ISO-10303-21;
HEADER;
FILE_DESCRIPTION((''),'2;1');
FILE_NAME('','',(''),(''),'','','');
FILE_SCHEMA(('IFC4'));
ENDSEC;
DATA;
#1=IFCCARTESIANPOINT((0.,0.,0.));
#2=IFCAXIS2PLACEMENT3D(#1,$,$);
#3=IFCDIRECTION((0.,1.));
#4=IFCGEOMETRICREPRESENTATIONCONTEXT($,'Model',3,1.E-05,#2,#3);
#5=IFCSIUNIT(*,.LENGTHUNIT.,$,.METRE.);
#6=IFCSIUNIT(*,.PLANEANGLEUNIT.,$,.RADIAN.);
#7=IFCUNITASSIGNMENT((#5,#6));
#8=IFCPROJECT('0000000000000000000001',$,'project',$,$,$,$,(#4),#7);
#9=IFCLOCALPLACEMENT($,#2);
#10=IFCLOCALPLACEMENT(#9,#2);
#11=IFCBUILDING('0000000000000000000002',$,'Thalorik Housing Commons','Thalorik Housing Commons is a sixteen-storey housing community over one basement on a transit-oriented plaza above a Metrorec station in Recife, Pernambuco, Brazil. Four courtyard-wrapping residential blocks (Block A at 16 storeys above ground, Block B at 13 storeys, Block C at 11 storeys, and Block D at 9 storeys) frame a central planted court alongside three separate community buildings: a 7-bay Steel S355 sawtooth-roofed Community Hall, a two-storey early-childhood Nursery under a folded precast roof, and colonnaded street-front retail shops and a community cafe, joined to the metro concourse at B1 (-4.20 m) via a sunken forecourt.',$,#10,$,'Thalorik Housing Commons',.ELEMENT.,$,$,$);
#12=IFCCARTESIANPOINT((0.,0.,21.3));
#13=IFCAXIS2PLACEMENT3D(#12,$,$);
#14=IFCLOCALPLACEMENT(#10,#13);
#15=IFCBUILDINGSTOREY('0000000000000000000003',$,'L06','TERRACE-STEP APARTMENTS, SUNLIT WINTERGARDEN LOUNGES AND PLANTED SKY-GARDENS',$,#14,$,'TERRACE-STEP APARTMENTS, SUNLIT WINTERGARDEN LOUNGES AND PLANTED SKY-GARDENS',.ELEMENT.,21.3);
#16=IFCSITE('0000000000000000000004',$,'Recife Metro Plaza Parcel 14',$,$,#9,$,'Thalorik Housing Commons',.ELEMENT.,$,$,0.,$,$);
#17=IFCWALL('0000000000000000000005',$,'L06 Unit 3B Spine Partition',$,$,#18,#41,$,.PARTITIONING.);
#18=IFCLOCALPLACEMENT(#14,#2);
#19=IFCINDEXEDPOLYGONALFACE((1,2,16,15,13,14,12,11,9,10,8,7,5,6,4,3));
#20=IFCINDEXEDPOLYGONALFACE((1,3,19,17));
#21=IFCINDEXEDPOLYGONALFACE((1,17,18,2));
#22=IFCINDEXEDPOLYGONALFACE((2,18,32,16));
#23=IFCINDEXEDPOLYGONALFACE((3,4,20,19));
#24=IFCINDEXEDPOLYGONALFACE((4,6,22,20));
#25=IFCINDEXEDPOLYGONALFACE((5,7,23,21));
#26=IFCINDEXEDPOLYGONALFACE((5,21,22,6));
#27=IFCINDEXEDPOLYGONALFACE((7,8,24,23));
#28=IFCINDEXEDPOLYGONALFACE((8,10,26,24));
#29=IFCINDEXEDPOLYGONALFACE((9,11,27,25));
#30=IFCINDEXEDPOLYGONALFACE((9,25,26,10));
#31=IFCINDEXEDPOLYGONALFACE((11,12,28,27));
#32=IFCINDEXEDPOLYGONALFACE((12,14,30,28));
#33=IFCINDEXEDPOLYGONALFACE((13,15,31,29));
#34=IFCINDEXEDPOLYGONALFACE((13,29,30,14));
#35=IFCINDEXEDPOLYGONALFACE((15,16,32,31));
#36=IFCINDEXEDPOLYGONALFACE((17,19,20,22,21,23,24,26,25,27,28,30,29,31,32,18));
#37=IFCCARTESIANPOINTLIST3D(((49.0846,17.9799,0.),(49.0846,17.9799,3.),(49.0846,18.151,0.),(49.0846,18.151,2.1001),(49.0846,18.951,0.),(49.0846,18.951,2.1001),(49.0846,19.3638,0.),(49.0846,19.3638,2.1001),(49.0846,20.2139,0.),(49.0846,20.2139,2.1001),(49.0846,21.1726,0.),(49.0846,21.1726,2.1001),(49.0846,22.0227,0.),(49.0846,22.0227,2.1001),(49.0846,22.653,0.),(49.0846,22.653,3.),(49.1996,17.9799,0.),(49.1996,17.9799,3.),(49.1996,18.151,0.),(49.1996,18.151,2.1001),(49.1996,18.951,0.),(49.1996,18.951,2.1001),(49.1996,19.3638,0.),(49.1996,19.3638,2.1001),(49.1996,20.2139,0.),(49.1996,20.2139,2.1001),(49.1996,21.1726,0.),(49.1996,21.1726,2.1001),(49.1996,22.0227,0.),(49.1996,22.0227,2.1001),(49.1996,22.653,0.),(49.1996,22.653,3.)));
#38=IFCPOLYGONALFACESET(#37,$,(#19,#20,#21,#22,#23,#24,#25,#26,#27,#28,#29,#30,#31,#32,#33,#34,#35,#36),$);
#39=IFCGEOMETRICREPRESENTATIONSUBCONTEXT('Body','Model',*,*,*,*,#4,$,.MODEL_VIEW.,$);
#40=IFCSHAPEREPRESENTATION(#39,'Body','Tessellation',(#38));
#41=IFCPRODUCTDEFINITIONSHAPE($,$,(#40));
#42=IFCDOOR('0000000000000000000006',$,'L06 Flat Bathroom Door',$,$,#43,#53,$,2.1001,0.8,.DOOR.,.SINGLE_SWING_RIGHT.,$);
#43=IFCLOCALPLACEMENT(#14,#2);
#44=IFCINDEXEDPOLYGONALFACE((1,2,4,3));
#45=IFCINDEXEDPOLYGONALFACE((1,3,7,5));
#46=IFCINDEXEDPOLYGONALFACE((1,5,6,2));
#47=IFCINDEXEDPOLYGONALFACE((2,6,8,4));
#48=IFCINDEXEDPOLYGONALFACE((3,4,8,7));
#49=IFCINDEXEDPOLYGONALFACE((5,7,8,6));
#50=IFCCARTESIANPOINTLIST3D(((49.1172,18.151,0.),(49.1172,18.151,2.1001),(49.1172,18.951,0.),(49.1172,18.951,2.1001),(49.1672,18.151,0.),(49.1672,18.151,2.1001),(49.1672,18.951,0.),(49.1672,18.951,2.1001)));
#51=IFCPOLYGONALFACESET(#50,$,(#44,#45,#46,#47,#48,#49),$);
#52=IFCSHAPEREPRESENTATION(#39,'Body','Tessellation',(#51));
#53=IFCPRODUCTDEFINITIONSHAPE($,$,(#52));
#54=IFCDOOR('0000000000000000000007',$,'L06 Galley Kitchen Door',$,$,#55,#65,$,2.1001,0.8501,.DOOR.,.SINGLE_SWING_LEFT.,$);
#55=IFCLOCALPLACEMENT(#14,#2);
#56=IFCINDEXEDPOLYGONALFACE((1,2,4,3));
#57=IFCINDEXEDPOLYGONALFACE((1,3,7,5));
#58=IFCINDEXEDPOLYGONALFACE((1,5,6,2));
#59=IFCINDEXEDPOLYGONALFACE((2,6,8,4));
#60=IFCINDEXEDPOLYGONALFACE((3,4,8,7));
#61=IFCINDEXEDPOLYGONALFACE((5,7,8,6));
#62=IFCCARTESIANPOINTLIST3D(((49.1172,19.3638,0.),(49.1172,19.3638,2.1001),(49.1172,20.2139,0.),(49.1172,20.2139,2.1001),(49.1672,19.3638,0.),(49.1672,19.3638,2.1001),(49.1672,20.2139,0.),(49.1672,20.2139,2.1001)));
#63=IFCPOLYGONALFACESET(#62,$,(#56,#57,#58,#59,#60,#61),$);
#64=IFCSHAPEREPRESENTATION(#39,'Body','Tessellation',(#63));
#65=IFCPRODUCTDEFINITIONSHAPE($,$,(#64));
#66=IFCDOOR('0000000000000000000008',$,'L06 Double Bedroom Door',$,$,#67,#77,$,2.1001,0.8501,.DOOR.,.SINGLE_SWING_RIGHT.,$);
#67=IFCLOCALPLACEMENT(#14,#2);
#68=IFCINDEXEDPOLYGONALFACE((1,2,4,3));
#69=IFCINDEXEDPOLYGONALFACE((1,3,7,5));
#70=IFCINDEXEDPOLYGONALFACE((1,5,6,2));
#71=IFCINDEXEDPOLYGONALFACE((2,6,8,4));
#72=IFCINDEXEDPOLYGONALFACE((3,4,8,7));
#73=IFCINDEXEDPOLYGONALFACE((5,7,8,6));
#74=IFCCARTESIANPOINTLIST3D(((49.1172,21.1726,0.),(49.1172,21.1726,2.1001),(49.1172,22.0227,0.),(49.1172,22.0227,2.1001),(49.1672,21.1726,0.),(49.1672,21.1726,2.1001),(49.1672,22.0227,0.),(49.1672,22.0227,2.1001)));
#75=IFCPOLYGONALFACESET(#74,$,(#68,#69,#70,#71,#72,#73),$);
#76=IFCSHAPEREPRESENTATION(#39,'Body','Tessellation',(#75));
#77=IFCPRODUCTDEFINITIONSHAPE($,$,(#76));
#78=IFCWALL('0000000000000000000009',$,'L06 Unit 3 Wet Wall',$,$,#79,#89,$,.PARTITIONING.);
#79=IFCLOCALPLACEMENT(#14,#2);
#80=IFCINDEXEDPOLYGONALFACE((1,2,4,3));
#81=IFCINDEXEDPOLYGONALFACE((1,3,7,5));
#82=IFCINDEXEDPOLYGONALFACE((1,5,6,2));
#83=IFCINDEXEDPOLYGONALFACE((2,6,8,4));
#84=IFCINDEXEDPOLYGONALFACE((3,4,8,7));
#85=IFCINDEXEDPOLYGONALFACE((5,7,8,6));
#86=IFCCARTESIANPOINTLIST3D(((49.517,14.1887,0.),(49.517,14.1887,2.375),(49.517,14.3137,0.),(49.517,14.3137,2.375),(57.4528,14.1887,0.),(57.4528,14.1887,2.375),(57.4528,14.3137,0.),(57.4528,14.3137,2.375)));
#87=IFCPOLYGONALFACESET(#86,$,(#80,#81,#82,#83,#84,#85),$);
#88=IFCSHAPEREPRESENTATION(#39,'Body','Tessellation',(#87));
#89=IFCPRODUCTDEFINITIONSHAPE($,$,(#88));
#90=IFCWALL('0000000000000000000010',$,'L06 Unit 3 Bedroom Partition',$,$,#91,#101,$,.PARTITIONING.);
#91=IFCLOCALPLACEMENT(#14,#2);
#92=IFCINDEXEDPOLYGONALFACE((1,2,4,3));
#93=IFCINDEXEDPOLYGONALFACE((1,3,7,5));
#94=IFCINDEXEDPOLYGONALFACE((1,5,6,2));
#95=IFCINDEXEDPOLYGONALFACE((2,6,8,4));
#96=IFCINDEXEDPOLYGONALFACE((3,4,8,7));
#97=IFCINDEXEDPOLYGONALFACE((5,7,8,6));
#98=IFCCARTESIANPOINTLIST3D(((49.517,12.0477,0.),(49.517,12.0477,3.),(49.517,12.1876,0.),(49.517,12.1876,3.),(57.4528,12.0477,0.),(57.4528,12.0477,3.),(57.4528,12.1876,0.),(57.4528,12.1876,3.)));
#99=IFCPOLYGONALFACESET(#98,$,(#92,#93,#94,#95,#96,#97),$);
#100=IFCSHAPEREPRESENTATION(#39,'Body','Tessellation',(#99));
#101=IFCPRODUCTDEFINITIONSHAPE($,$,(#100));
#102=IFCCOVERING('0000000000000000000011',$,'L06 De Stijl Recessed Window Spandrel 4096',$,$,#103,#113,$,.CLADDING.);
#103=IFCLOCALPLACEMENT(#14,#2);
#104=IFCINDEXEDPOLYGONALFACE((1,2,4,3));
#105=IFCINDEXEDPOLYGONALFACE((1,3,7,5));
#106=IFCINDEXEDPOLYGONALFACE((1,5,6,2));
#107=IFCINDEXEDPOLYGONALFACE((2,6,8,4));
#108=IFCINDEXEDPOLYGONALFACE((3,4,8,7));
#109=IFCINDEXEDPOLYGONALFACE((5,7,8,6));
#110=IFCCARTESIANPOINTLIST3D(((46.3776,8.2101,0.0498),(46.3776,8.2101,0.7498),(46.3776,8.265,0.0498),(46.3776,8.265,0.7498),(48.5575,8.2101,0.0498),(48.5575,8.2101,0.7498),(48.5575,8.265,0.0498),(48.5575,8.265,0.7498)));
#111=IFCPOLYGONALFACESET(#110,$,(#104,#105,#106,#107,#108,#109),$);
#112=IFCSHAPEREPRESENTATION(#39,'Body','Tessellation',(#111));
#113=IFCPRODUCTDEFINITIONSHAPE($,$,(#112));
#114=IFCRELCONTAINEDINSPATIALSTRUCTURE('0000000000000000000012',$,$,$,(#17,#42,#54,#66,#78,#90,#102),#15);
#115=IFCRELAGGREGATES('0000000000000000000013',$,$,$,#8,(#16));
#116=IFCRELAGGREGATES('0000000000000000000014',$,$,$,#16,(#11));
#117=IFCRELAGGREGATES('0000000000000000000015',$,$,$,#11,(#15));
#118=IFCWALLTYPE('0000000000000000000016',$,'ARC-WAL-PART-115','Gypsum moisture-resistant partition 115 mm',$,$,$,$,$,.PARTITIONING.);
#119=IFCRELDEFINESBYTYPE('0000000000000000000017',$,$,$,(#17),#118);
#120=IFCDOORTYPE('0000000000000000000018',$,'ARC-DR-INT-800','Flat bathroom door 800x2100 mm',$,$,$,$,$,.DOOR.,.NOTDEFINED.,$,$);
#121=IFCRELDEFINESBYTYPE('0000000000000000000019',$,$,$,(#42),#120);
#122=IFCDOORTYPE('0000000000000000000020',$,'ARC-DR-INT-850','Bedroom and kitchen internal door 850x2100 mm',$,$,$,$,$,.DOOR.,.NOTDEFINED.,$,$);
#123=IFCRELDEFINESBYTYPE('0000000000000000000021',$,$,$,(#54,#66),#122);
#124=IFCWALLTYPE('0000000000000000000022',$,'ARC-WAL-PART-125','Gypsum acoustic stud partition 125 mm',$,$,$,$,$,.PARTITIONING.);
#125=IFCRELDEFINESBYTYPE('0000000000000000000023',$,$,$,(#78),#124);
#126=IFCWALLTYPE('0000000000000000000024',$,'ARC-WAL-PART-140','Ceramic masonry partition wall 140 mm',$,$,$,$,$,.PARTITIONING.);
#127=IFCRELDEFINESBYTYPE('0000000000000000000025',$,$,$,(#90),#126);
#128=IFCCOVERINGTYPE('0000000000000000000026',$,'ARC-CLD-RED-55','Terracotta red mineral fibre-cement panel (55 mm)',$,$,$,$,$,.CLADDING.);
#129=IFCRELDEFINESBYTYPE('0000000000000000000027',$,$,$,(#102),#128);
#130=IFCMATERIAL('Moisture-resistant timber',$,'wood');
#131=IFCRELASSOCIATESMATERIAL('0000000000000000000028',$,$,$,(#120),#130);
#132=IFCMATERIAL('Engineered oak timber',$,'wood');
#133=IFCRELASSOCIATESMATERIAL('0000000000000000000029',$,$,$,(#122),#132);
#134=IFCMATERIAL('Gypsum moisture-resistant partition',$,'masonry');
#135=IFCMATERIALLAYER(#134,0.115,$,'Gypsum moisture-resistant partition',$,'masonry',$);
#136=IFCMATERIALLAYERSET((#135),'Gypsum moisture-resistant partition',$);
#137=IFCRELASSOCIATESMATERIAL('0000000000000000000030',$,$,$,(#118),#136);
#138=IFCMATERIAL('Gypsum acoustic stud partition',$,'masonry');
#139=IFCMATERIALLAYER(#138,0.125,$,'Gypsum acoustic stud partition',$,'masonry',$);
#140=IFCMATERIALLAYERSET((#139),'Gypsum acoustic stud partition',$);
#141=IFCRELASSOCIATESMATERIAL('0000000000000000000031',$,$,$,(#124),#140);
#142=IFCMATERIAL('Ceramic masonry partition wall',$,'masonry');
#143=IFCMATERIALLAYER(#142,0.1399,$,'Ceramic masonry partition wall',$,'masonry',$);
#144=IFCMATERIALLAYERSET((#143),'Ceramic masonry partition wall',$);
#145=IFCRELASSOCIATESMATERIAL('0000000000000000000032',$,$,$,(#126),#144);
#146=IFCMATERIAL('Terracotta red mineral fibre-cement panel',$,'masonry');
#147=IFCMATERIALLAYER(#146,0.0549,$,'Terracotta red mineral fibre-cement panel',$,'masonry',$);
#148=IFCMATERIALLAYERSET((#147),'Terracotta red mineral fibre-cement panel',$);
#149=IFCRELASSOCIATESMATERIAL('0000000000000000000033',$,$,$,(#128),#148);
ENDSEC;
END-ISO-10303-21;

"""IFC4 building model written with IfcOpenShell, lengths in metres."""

from ifc_helpers import new_model, si_unit, direction, frame, frame_2d, origin, origin_2d, place, context, subcontext, project, spatial, rectangle, extrude, material, layer, layer_set, type_object, element, fill, save


model = new_model("IFC4")

# Units and contexts
model_context = context("Model", 3, precision=1e-05, world=origin(), true_north=direction((0.0, 1.0)))
body_context = subcontext(model_context, "Body", "Model", "MODEL_VIEW")
ifc_project = project(units=[si_unit("LENGTHUNIT", "METRE"), si_unit("PLANEANGLEUNIT", "RADIAN")], contexts=[model_context])

# Site, building, storey
site_placement = place(None, origin())
site = spatial("IfcSite", under=ifc_project, at=site_placement, Name="Recife Metro Plaza Parcel 14", LongName="Thalorik Housing Commons", CompositionType="ELEMENT", RefElevation=0.0)
building_placement = place(site_placement, origin())
building = spatial("IfcBuilding", under=site, at=building_placement, Name="Thalorik Housing Commons", Description="Thalorik Housing Commons is a sixteen-storey housing community over one basement on a transit-oriented plaza above a Metrorec station in Recife, Pernambuco, Brazil. Four courtyard-wrapping residential blocks (Block A at 16 storeys above ground, Block B at 13 storeys, Block C at 11 storeys, and Block D at 9 storeys) frame a central planted court alongside three separate community buildings: a 7-bay Steel S355 sawtooth-roofed Community Hall, a two-storey early-childhood Nursery under a folded precast roof, and colonnaded street-front retail shops and a community cafe, joined to the metro concourse at B1 (-4.20 m) via a sunken forecourt.", LongName="Thalorik Housing Commons", CompositionType="ELEMENT")
storey_placement = place(building_placement, frame((0.0, 0.0, 21.3)))
storey = spatial("IfcBuildingStorey", under=building, at=storey_placement, Name="L06", Description="TERRACE-STEP APARTMENTS, SUNLIT WINTERGARDEN LOUNGES AND PLANTED SKY-GARDENS", LongName="TERRACE-STEP APARTMENTS, SUNLIT WINTERGARDEN LOUNGES AND PLANTED SKY-GARDENS", CompositionType="ELEMENT", Elevation=21.3)

# Wall, openings, doors
ifc_material_1 = material(Name="Moisture-resistant timber", Category="wood")
door_type_1 = type_object("IfcDoorType", Name="ARC-DR-INT-800", Description="Flat bathroom door 800x2100 mm", OperationType="NOTDEFINED", PredefinedType="DOOR", material=ifc_material_1)
ifc_material_2 = material(Name="Engineered oak timber", Category="wood")
door_type_2 = type_object("IfcDoorType", Name="ARC-DR-INT-850", Description="Bedroom and kitchen internal door 850x2100 mm", OperationType="NOTDEFINED", PredefinedType="DOOR", material=ifc_material_2)
ifc_material_3 = material(Name="Gypsum moisture-resistant partition", Category="masonry")
ifc_layer_1 = layer(ifc_material_3, 0.115, Name="Gypsum moisture-resistant partition", Category="masonry")
ifc_layer_set_1 = layer_set([ifc_layer_1], Name="Gypsum moisture-resistant partition")
wall_type_1 = type_object("IfcWallType", Name="ARC-WAL-PART-115", Description="Gypsum moisture-resistant partition 115 mm", PredefinedType="PARTITIONING", material=ifc_layer_set_1)
wall_1_placement = place(storey_placement, frame((49.1421, 17.98, 0.0), z_axis=(0.0, 0.0, 1.0), x_axis=(0.0, 1.0, 0.0)))
wall_1 = element("IfcWall", 1, at=wall_1_placement, inside=storey, type_object=wall_type_1, Name="L06 Unit 3B Spine Partition", PredefinedType="PARTITIONING", context=body_context, shape_type="SweptSolid", body=[
    extrude(rectangle(XDim=4.6731, YDim=0.115, at=frame_2d((2.3364, 0.0))), origin(), (0.0, 0.0, 1.0), 3.0),
])
opening_1_placement = place(wall_1_placement, frame((0.1711, 0.0, 0.0)))
opening_1 = element("IfcOpeningElement", 2, at=opening_1_placement, cuts=wall_1, PredefinedType="OPENING", context=body_context, shape_type="SweptSolid", body=[
    extrude(rectangle(XDim=0.8, YDim=2.1001, at=frame_2d((0.3999, 1.05))), frame((0.0, 0.0674, 0.0), z_axis=(0.0, -1.0, 0.0), x_axis=(1.0, 0.0, 0.0)), (0.0, 0.0, 1.0), 0.135),
])
opening_2_placement = place(wall_1_placement, frame((1.3838, 0.0, 0.0)))
opening_2 = element("IfcOpeningElement", 3, at=opening_2_placement, cuts=wall_1, PredefinedType="OPENING", context=body_context, shape_type="SweptSolid", body=[
    extrude(rectangle(XDim=0.8501, YDim=2.1001, at=frame_2d((0.425, 1.05))), frame((0.0, 0.0674, 0.0), z_axis=(0.0, -1.0, 0.0), x_axis=(1.0, 0.0, 0.0)), (0.0, 0.0, 1.0), 0.135),
])
opening_3_placement = place(wall_1_placement, frame((3.1926, 0.0, 0.0)))
opening_3 = element("IfcOpeningElement", 4, at=opening_3_placement, cuts=wall_1, PredefinedType="OPENING", context=body_context, shape_type="SweptSolid", body=[
    extrude(rectangle(XDim=0.8501, YDim=2.1001, at=frame_2d((0.425, 1.05))), frame((0.0, 0.0674, 0.0), z_axis=(0.0, -1.0, 0.0), x_axis=(1.0, 0.0, 0.0)), (0.0, 0.0, 1.0), 0.135),
])
door_1_placement = place(opening_1_placement, origin())
door_1 = element("IfcDoor", 5, at=door_1_placement, inside=storey, type_object=door_type_1, Name="L06 Flat Bathroom Door", OperationType="SINGLE_SWING_RIGHT", OverallHeight=2.1001, OverallWidth=0.8, PredefinedType="DOOR", context=body_context, shape_type="SweptSolid", body=[
    extrude(rectangle(XDim=0.8, YDim=2.1001, at=frame_2d((0.3999, 1.05))), frame((0.0, 0.0249, 0.0), z_axis=(0.0, -1.0, 0.0), x_axis=(1.0, 0.0, 0.0)), (0.0, 0.0, 1.0), 0.05),
])
fill(opening_1, door_1)
door_2_placement = place(opening_2_placement, origin())
door_2 = element("IfcDoor", 6, at=door_2_placement, inside=storey, type_object=door_type_2, Name="L06 Galley Kitchen Door", OperationType="SINGLE_SWING_LEFT", OverallHeight=2.1001, OverallWidth=0.8501, PredefinedType="DOOR", context=body_context, shape_type="SweptSolid", body=[
    extrude(rectangle(XDim=0.8501, YDim=2.1001, at=frame_2d((0.425, 1.05))), frame((0.0, 0.0249, 0.0), z_axis=(0.0, -1.0, 0.0), x_axis=(1.0, 0.0, 0.0)), (0.0, 0.0, 1.0), 0.05),
])
fill(opening_2, door_2)
door_3_placement = place(opening_3_placement, origin())
door_3 = element("IfcDoor", 7, at=door_3_placement, inside=storey, type_object=door_type_2, Name="L06 Double Bedroom Door", OperationType="SINGLE_SWING_RIGHT", OverallHeight=2.1001, OverallWidth=0.8501, PredefinedType="DOOR", context=body_context, shape_type="SweptSolid", body=[
    extrude(rectangle(XDim=0.8501, YDim=2.1001, at=frame_2d((0.425, 1.05))), frame((0.0, 0.0249, 0.0), z_axis=(0.0, -1.0, 0.0), x_axis=(1.0, 0.0, 0.0)), (0.0, 0.0, 1.0), 0.05),
])
fill(opening_3, door_3)

# Walls
ifc_material_4 = material(Name="Gypsum acoustic stud partition", Category="masonry")
ifc_layer_2 = layer(ifc_material_4, 0.125, Name="Gypsum acoustic stud partition", Category="masonry")
ifc_layer_set_2 = layer_set([ifc_layer_2], Name="Gypsum acoustic stud partition")
wall_type_2 = type_object("IfcWallType", Name="ARC-WAL-PART-125", Description="Gypsum acoustic stud partition 125 mm", PredefinedType="PARTITIONING", material=ifc_layer_set_2)
wall_2_placement = place(storey_placement, frame((49.5171, 14.2512, 0.0), z_axis=(0.0, 0.0, 1.0), x_axis=(1.0, 0.0, 0.0)))
element("IfcWall", 8, at=wall_2_placement, inside=storey, type_object=wall_type_2, Name="L06 Unit 3 Wet Wall", PredefinedType="PARTITIONING", context=body_context, shape_type="SweptSolid", body=[
    extrude(rectangle(XDim=7.9358, YDim=0.125, at=frame_2d((3.9678, 0.0))), origin(), (0.0, 0.0, 1.0), 2.375),
])
ifc_material_5 = material(Name="Ceramic masonry partition wall", Category="masonry")
ifc_layer_3 = layer(ifc_material_5, 0.1399, Name="Ceramic masonry partition wall", Category="masonry")
ifc_layer_set_3 = layer_set([ifc_layer_3], Name="Ceramic masonry partition wall")
wall_type_3 = type_object("IfcWallType", Name="ARC-WAL-PART-140", Description="Ceramic masonry partition wall 140 mm", PredefinedType="PARTITIONING", material=ifc_layer_set_3)
wall_3_placement = place(storey_placement, frame((49.5171, 12.1177, 0.0), z_axis=(0.0, 0.0, 1.0), x_axis=(1.0, 0.0, 0.0)))
element("IfcWall", 9, at=wall_3_placement, inside=storey, type_object=wall_type_3, Name="L06 Unit 3 Bedroom Partition", PredefinedType="PARTITIONING", context=body_context, shape_type="SweptSolid", body=[
    extrude(rectangle(XDim=7.9358, YDim=0.1399, at=frame_2d((3.9678, 0.0))), origin(), (0.0, 0.0, 1.0), 3.0),
])

# Covering
ifc_material_6 = material(Name="Terracotta red mineral fibre-cement panel", Category="masonry")
ifc_layer_4 = layer(ifc_material_6, 0.0549, Name="Terracotta red mineral fibre-cement panel", Category="masonry")
ifc_layer_set_4 = layer_set([ifc_layer_4], Name="Terracotta red mineral fibre-cement panel")
covering_type = type_object("IfcCoveringType", Name="ARC-CLD-RED-55", Description="Terracotta red mineral fibre-cement panel (55 mm)", PredefinedType="CLADDING", material=ifc_layer_set_4)
covering_placement = place(storey_placement, frame((47.4675, 8.2375, 0.0498), z_axis=(0.0, 0.0, 1.0), x_axis=(1.0, 0.0, 0.0)))
element("IfcCovering", 10, at=covering_placement, inside=storey, type_object=covering_type, Name="L06 De Stijl Recessed Window Spandrel 4096", PredefinedType="CLADDING", context=body_context, shape_type="SweptSolid", body=[
    extrude(rectangle(XDim=2.1799, YDim=0.0549, at=origin_2d()), origin(), (0.0, 0.0, 1.0), 0.7),
])

save(model, "model.ifc")
